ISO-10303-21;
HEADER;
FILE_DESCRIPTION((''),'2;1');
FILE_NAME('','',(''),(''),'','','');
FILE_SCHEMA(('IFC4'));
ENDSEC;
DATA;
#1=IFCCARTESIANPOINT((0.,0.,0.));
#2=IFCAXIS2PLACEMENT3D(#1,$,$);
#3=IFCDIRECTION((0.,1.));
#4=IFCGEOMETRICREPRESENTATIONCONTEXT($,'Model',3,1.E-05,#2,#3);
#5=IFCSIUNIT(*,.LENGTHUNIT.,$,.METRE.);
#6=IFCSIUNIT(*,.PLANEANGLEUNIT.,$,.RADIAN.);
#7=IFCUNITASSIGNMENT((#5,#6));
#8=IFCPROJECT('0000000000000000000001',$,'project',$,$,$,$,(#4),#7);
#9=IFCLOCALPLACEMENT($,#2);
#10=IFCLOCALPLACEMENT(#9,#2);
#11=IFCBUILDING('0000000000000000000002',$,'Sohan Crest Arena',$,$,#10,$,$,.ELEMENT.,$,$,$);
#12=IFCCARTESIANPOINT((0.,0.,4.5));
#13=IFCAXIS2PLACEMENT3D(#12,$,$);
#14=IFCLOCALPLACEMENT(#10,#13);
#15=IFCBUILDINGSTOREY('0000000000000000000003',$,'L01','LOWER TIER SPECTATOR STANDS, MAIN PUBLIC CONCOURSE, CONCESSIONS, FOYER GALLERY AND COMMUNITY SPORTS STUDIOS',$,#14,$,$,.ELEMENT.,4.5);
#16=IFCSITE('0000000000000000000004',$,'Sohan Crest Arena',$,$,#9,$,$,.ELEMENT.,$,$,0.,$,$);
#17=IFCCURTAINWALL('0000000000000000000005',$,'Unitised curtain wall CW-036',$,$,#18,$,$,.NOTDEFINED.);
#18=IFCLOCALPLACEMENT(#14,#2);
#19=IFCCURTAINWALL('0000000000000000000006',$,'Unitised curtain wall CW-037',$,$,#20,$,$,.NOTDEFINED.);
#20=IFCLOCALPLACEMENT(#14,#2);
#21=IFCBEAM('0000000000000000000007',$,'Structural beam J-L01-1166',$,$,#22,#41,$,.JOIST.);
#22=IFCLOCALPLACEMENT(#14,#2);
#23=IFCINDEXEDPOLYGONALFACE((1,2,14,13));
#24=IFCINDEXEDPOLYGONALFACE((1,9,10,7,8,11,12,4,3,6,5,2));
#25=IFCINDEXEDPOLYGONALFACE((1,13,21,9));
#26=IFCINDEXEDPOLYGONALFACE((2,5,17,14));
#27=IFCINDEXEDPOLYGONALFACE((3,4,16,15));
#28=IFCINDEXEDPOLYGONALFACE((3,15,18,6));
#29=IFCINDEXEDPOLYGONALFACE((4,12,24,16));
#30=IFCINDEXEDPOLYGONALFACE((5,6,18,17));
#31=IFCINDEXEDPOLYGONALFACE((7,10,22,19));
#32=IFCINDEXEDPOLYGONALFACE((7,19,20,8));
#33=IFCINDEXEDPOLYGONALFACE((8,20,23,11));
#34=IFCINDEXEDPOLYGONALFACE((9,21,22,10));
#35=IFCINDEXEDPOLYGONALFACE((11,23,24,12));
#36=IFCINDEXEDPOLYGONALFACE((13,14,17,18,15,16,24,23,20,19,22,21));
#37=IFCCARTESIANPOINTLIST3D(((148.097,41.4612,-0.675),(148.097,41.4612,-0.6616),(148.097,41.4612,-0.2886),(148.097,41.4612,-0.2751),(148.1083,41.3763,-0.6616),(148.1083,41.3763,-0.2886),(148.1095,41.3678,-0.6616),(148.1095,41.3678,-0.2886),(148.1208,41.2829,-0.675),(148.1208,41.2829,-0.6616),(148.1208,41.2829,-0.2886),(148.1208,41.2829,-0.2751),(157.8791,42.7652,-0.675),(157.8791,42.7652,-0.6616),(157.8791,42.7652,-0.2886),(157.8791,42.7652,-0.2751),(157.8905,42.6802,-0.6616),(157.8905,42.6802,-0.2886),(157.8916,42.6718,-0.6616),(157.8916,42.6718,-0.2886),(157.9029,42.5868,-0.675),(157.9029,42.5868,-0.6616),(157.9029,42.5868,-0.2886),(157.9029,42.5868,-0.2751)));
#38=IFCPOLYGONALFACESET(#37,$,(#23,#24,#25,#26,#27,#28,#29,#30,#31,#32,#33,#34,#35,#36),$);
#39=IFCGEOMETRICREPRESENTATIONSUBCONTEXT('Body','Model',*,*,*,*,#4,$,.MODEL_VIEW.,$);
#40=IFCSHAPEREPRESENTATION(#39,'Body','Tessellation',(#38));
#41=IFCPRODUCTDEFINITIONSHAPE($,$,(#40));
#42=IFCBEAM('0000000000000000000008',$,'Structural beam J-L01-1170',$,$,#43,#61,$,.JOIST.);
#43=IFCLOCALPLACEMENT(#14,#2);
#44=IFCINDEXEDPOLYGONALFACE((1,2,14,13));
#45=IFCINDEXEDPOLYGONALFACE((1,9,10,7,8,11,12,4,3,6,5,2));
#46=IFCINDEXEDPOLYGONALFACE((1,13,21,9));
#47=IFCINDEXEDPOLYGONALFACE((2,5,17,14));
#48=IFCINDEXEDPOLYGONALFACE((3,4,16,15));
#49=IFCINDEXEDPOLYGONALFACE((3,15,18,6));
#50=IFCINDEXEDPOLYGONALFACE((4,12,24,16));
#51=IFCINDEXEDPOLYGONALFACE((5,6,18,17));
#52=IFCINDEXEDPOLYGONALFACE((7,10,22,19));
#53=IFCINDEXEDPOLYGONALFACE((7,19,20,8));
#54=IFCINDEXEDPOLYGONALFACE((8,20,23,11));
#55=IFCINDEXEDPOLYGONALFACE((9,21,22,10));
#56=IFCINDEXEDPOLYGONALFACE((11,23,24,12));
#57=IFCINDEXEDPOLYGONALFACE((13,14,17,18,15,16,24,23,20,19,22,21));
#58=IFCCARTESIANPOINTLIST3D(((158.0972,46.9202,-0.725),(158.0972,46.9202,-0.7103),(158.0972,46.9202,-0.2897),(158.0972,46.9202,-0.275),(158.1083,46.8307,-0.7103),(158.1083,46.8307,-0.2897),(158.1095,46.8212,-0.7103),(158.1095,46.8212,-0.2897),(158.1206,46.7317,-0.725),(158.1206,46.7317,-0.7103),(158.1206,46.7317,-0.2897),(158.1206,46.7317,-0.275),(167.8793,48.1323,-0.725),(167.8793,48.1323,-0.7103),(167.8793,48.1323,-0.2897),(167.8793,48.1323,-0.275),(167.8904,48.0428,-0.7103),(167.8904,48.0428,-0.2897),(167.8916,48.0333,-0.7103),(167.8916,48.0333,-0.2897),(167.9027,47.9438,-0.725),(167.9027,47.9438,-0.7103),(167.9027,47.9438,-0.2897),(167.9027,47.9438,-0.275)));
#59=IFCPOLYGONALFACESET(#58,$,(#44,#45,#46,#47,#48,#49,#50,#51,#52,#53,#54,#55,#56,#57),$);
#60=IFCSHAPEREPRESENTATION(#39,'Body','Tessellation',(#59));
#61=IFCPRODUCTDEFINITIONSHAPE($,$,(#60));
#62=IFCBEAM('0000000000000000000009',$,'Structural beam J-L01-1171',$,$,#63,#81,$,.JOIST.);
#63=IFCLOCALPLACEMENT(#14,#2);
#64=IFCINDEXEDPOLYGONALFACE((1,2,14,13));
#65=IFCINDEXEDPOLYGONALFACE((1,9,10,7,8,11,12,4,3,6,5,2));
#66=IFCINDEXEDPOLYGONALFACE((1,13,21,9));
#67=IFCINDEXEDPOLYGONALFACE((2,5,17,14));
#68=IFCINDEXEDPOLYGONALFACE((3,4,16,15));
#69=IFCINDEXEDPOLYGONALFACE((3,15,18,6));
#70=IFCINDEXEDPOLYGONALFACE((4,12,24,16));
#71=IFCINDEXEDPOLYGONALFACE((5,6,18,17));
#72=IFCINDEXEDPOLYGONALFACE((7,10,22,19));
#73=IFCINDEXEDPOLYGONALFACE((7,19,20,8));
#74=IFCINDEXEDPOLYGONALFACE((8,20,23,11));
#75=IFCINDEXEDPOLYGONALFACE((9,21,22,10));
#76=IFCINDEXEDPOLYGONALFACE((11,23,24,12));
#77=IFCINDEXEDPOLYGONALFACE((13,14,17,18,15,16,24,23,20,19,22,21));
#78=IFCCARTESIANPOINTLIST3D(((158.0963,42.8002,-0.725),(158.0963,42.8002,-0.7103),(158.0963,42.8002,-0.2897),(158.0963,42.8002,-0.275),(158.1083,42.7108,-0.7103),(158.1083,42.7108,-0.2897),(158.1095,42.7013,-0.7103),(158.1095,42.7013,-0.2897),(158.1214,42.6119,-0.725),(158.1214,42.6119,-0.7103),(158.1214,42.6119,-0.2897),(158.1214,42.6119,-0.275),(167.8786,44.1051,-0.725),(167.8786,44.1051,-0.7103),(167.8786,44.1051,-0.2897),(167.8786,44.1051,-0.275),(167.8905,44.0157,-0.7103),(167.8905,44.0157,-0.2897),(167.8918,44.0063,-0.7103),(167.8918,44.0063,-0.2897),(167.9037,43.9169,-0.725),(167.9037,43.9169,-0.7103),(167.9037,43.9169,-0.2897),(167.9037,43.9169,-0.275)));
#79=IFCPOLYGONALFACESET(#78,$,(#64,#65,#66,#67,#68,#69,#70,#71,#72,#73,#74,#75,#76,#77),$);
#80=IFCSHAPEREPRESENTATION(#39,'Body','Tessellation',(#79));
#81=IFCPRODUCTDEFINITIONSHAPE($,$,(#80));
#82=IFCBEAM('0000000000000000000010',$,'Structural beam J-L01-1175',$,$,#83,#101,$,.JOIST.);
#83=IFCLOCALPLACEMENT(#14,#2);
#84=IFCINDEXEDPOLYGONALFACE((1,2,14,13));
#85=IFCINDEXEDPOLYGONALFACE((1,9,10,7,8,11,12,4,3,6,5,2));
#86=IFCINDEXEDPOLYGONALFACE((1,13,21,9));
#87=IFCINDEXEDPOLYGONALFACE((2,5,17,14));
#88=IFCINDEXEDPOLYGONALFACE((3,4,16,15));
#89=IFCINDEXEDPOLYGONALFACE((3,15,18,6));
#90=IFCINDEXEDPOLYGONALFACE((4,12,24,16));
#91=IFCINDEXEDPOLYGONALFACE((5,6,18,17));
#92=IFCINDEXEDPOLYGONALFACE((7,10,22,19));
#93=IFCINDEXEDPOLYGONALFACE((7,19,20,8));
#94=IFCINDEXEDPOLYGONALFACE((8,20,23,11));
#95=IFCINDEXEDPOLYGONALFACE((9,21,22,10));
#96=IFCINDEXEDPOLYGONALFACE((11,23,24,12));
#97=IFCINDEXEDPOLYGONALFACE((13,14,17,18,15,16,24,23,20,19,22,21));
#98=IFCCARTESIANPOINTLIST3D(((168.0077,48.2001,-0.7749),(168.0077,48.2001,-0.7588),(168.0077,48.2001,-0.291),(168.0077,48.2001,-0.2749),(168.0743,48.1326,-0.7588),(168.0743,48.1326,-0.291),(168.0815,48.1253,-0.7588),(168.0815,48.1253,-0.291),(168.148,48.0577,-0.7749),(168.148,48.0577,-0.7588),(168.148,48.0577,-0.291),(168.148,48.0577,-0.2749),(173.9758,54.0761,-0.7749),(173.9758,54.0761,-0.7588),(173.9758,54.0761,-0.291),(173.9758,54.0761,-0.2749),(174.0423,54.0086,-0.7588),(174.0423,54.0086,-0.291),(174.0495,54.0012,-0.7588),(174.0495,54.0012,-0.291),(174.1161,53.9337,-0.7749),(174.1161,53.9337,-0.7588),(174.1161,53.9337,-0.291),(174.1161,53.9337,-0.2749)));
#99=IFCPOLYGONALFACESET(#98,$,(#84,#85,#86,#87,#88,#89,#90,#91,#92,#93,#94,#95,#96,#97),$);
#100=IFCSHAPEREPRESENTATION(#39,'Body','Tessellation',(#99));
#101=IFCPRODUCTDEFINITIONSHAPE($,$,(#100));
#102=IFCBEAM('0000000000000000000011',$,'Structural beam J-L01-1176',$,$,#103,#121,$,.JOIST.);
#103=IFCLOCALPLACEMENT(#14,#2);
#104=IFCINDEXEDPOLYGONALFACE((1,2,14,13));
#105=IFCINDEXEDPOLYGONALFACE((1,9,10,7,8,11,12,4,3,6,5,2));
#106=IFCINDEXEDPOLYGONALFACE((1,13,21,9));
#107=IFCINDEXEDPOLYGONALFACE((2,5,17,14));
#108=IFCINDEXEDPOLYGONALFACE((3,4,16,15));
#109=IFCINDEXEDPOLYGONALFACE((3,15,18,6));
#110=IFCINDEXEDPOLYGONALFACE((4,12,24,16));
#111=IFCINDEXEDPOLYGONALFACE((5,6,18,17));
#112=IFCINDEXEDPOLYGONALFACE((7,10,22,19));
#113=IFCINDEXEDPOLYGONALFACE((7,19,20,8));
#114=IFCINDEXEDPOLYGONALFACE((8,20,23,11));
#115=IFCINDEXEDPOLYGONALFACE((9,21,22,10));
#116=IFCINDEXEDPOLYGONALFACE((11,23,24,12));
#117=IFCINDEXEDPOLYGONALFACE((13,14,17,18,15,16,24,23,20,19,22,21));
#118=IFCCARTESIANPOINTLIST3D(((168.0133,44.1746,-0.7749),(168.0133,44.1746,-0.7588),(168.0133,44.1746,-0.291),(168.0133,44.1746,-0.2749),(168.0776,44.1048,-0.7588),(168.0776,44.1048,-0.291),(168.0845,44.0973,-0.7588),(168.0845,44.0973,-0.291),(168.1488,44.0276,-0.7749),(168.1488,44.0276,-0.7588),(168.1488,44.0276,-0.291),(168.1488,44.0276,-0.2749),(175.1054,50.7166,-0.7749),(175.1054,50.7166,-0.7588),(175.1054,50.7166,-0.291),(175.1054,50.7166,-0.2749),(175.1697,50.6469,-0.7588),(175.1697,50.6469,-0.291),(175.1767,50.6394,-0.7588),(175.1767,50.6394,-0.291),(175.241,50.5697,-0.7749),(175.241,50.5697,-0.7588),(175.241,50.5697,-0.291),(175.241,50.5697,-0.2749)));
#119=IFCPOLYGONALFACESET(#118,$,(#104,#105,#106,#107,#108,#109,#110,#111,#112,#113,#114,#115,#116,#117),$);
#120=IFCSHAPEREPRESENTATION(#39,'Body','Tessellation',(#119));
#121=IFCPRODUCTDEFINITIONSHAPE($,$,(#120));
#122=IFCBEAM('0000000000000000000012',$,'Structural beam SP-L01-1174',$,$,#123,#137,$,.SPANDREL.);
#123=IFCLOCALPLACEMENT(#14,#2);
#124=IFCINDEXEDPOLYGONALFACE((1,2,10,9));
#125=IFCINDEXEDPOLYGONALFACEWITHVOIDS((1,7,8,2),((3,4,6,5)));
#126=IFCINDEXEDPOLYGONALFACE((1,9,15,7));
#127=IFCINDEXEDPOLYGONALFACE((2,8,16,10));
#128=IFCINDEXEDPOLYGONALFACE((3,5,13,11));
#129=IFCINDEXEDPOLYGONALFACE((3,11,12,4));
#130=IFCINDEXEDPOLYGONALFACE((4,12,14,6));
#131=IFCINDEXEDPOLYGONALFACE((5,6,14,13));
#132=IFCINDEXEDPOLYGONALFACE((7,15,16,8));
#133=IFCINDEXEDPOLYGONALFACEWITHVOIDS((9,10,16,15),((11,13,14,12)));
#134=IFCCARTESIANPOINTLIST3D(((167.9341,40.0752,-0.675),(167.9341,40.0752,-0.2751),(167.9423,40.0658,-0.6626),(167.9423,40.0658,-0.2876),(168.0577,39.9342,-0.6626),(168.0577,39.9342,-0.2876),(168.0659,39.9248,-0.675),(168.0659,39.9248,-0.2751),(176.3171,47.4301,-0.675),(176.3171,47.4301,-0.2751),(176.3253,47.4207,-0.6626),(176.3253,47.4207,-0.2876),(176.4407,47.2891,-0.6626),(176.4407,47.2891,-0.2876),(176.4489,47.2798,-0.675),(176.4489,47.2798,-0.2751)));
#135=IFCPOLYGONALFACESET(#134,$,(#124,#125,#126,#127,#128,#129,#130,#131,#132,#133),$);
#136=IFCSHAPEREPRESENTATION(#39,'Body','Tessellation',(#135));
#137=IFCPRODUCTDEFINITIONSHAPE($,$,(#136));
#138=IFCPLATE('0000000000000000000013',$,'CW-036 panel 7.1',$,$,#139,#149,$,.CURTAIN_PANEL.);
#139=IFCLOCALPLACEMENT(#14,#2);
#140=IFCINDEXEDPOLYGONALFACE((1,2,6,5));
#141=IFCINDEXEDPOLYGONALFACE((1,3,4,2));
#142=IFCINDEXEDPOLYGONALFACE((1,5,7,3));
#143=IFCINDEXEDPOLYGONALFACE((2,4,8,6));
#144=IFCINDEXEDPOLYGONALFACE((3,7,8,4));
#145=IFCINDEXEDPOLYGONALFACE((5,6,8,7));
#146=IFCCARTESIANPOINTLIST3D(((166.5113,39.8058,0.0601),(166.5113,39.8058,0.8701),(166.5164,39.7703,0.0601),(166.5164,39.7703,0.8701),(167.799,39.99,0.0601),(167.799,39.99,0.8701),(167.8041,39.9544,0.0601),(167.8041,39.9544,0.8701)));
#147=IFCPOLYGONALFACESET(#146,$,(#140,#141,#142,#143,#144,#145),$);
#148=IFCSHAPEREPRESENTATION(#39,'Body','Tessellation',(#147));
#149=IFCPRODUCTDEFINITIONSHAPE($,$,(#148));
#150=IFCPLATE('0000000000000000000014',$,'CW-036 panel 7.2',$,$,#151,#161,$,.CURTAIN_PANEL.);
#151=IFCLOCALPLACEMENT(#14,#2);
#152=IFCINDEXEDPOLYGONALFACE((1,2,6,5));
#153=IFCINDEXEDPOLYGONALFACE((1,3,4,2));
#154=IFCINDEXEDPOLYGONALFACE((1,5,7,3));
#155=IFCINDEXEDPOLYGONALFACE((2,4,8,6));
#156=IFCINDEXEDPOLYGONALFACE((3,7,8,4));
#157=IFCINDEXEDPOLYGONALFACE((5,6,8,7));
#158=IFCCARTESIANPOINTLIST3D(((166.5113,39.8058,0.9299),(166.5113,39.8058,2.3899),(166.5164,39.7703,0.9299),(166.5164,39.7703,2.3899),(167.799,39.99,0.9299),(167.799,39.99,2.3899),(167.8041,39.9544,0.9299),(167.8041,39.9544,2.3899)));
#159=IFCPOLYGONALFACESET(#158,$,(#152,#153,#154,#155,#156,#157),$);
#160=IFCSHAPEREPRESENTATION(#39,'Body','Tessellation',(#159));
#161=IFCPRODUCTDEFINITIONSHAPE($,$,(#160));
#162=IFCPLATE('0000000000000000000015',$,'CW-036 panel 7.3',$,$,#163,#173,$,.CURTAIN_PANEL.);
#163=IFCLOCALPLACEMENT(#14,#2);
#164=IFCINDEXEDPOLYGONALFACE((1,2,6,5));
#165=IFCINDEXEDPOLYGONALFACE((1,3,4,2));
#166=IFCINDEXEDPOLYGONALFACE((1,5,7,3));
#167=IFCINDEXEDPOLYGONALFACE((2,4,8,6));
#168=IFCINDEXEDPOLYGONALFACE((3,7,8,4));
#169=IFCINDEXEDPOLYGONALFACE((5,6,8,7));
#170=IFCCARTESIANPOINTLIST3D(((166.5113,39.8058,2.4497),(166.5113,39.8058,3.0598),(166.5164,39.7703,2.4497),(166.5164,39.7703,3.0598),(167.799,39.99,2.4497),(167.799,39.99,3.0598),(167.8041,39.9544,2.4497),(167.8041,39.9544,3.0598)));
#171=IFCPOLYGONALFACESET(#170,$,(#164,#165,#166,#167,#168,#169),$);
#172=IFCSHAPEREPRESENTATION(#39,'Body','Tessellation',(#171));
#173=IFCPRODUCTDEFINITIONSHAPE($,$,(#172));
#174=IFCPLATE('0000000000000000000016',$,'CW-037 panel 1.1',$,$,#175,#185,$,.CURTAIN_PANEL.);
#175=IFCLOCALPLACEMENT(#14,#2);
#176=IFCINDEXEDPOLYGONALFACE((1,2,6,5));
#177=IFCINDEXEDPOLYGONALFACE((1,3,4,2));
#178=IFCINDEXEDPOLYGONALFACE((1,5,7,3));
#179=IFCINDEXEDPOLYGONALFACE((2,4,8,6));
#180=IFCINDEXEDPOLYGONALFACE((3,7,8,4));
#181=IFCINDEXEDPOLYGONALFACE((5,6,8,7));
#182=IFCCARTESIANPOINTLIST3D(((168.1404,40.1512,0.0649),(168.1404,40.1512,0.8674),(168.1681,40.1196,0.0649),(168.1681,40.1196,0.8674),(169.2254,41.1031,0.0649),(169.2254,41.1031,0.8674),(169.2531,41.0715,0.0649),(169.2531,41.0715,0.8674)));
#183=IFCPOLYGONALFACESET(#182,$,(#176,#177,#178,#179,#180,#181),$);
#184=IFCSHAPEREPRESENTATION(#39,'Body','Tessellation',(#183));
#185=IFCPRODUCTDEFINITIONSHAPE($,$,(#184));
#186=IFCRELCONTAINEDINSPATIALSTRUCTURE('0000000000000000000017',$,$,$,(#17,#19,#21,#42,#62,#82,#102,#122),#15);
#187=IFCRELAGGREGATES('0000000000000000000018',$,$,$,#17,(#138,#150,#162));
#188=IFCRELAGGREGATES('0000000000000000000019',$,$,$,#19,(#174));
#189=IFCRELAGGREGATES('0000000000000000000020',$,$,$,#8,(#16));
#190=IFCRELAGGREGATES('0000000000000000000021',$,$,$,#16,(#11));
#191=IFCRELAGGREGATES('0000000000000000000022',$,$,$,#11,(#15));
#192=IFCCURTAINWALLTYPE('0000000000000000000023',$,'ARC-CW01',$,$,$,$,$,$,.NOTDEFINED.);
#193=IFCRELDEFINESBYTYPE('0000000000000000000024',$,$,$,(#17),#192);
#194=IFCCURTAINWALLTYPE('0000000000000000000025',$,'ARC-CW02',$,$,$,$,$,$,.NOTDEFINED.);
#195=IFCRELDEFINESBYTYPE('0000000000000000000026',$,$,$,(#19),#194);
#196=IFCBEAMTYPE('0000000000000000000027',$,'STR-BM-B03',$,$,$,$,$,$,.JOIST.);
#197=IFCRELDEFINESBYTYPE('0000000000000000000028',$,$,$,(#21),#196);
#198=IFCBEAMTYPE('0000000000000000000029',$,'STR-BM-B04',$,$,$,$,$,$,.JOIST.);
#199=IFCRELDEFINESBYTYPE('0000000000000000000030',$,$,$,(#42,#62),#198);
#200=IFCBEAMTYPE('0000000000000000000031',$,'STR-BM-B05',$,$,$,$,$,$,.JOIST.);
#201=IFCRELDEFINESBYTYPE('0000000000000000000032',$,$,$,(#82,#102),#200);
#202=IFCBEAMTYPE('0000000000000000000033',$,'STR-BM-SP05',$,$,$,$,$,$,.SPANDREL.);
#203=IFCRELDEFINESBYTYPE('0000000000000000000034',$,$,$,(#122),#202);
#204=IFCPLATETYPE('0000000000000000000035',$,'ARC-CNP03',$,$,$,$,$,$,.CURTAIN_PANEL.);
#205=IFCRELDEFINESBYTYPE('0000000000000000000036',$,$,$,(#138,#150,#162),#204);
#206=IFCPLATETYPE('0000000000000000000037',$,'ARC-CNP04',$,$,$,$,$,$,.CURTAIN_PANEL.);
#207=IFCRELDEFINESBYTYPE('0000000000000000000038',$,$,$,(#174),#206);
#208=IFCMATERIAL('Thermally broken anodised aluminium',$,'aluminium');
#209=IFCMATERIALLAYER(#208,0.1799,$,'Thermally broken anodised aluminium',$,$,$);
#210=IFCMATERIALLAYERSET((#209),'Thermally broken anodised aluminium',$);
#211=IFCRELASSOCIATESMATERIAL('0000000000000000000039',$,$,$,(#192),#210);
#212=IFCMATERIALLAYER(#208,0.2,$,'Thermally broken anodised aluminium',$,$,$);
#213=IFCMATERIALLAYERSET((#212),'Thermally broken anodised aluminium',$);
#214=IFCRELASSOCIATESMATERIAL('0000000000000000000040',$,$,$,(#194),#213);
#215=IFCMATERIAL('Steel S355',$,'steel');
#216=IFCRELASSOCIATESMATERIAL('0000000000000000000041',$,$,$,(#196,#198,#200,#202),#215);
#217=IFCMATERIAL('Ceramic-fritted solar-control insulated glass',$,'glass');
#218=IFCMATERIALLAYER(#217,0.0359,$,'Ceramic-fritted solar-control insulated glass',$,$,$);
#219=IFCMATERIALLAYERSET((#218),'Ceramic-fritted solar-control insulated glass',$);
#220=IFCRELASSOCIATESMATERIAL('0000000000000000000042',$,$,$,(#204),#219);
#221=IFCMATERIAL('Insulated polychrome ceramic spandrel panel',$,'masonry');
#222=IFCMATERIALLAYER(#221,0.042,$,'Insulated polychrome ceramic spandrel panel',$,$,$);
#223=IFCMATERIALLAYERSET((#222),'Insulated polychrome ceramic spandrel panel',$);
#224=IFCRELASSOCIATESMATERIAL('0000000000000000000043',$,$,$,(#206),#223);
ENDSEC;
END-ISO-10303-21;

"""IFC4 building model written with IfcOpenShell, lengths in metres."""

from ifc_helpers import new_model, si_unit, direction, frame, origin, origin_2d, place, context, subcontext, project, spatial, rectangle, hollow_rectangle, i_section, extrude, material, layer, layer_set, material_profile, profile_set, type_object, element, aggregate, save


model = new_model("IFC4")

# Units and contexts
model_context = context("Model", 3, precision=1e-05, world=origin(), true_north=direction((0.0, 1.0)))
body_context = subcontext(model_context, "Body", "Model", "MODEL_VIEW")
ifc_project = project(units=[si_unit("LENGTHUNIT", "METRE"), si_unit("PLANEANGLEUNIT", "RADIAN")], contexts=[model_context])

# Site, building, storey
site_placement = place(None, origin())
site = spatial("IfcSite", under=ifc_project, at=site_placement, Name="Sohan Crest Arena", CompositionType="ELEMENT", RefElevation=0.0)
building_placement = place(site_placement, origin())
building = spatial("IfcBuilding", under=site, at=building_placement, Name="Sohan Crest Arena", CompositionType="ELEMENT")
storey_placement = place(building_placement, frame((0.0, 0.0, 4.5)))
storey = spatial("IfcBuildingStorey", under=building, at=storey_placement, Name="L01", Description="LOWER TIER SPECTATOR STANDS, MAIN PUBLIC CONCOURSE, CONCESSIONS, FOYER GALLERY AND COMMUNITY SPORTS STUDIOS", CompositionType="ELEMENT", Elevation=4.5)

# Shared definitions
ifc_material_1 = material(Name="Steel S355", Category="steel")

# Curtain wall
ifc_material_2 = material(Name="Thermally broken anodised aluminium", Category="aluminium")
ifc_layer_1 = layer(ifc_material_2, 0.1799, Name="Thermally broken anodised aluminium")
ifc_layer_set_1 = layer_set([ifc_layer_1], Name="Thermally broken anodised aluminium")
curtain_wall_type_1 = type_object("IfcCurtainWallType", Name="ARC-CW01", PredefinedType="NOTDEFINED", material=ifc_layer_set_1)
curtain_wall_1_placement = place(storey_placement, origin())
curtain_wall_1 = element("IfcCurtainWall", 1, at=curtain_wall_1_placement, inside=storey, type_object=curtain_wall_type_1, Name="Unitised curtain wall CW-036", PredefinedType="NOTDEFINED")

# Curtain wall
ifc_layer_2 = layer(ifc_material_2, 0.2, Name="Thermally broken anodised aluminium")
ifc_layer_set_2 = layer_set([ifc_layer_2], Name="Thermally broken anodised aluminium")
curtain_wall_type_2 = type_object("IfcCurtainWallType", Name="ARC-CW02", PredefinedType="NOTDEFINED", material=ifc_layer_set_2)
curtain_wall_2_placement = place(storey_placement, origin())
curtain_wall_2 = element("IfcCurtainWall", 2, at=curtain_wall_2_placement, inside=storey, type_object=curtain_wall_type_2, Name="Unitised curtain wall CW-037", PredefinedType="NOTDEFINED")

# Beams
ifc_material_profile_1 = material_profile(ifc_material_1, i_section(OverallWidth=0.1799, OverallDepth=0.3999, WebThickness=0.0085, FlangeThickness=0.0134, at=origin_2d()), Name="IPE 400")
ifc_profile_set_1 = profile_set([ifc_material_profile_1], Name="Steel S355")
beam_type_1 = type_object("IfcBeamType", Name="STR-BM-B03", PredefinedType="JOIST", material=ifc_profile_set_1)
beam_1_placement = place(storey_placement, frame((148.1089, 41.3721, -0.4751), z_axis=(0.991232, 0.13213, 0.0), x_axis=(-0.13213, 0.991232, 0.0)))
element("IfcBeam", 3, at=beam_1_placement, inside=storey, type_object=beam_type_1, Name="Structural beam J-L01-1166", PredefinedType="JOIST", context=body_context, shape_type="SweptSolid", body=[
    extrude(i_section(OverallWidth=0.1799, OverallDepth=0.3999, WebThickness=0.0085, FlangeThickness=0.0134, at=origin_2d()), origin(), (0.0, 0.0, 1.0), 9.8687),
])
ifc_material_profile_2 = material_profile(ifc_material_1, i_section(OverallWidth=0.1899, OverallDepth=0.45, WebThickness=0.0095, FlangeThickness=0.0146, at=origin_2d()), Name="IPE 450")
ifc_profile_set_2 = profile_set([ifc_material_profile_2], Name="Steel S355")
beam_type_2 = type_object("IfcBeamType", Name="STR-BM-B04", PredefinedType="JOIST", material=ifc_profile_set_2)
beam_2_placement = place(storey_placement, frame((158.1089, 46.8259, -0.5), z_axis=(0.99241, 0.122974, 0.0), x_axis=(-0.122974, 0.99241, 0.0)))
element("IfcBeam", 4, at=beam_2_placement, inside=storey, type_object=beam_type_2, Name="Structural beam J-L01-1170", PredefinedType="JOIST", context=body_context, shape_type="SweptSolid", body=[
    extrude(i_section(OverallWidth=0.1899, OverallDepth=0.45, WebThickness=0.0095, FlangeThickness=0.0146, at=origin_2d()), origin(), (0.0, 0.0, 1.0), 9.8569),
])
beam_3_placement = place(storey_placement, frame((158.1089, 42.7061, -0.5), z_axis=(0.991219, 0.132227, 0.0), x_axis=(-0.132227, 0.991219, 0.0)))
element("IfcBeam", 5, at=beam_3_placement, inside=storey, type_object=beam_type_2, Name="Structural beam J-L01-1171", PredefinedType="JOIST", context=body_context, shape_type="SweptSolid", body=[
    extrude(i_section(OverallWidth=0.1899, OverallDepth=0.45, WebThickness=0.0095, FlangeThickness=0.0146, at=origin_2d()), origin(), (0.0, 0.0, 1.0), 9.8689),
])
ifc_material_profile_3 = material_profile(ifc_material_1, i_section(OverallWidth=0.2, OverallDepth=0.5, WebThickness=0.0103, FlangeThickness=0.0161, at=origin_2d()), Name="IPE 500")
ifc_profile_set_3 = profile_set([ifc_material_profile_3], Name="Steel S355")
beam_type_3 = type_object("IfcBeamType", Name="STR-BM-B05", PredefinedType="JOIST", material=ifc_profile_set_3)
beam_4_placement = place(storey_placement, frame((168.0779, 48.1289, -0.5249), z_axis=(0.71258, 0.701591, 0.0), x_axis=(-0.701591, 0.71258, 0.0)))
element("IfcBeam", 6, at=beam_4_placement, inside=storey, type_object=beam_type_3, Name="Structural beam J-L01-1175", PredefinedType="JOIST", context=body_context, shape_type="SweptSolid", body=[
    extrude(i_section(OverallWidth=0.2, OverallDepth=0.5, WebThickness=0.0103, FlangeThickness=0.0161, at=origin_2d()), origin(), (0.0, 0.0, 1.0), 8.3752),
])
beam_5_placement = place(storey_placement, frame((168.0811, 44.1011, -0.5249), z_axis=(0.735036, 0.678028, 0.0), x_axis=(-0.678028, 0.735036, 0.0)))
element("IfcBeam", 7, at=beam_5_placement, inside=storey, type_object=beam_type_3, Name="Structural beam J-L01-1176", PredefinedType="JOIST", context=body_context, shape_type="SweptSolid", body=[
    extrude(i_section(OverallWidth=0.2, OverallDepth=0.5, WebThickness=0.0103, FlangeThickness=0.0161, at=origin_2d()), origin(), (0.0, 0.0, 1.0), 9.6487),
])
ifc_material_profile_4 = material_profile(ifc_material_1, hollow_rectangle(XDim=0.2, YDim=0.3999, WallThickness=0.0125, at=origin_2d()), Name="RHS 400x200x12.5")
ifc_profile_set_4 = profile_set([ifc_material_profile_4], Name="Steel S355")
beam_type_4 = type_object("IfcBeamType", Name="STR-BM-SP05", PredefinedType="SPANDREL", material=ifc_profile_set_4)
beam_6_placement = place(storey_placement, frame((168.0, 40.0, -0.4751), z_axis=(0.751696, 0.65951, 0.0), x_axis=(-0.65951, 0.751696, 0.0)))
element("IfcBeam", 8, at=beam_6_placement, inside=storey, type_object=beam_type_4, Name="Structural beam SP-L01-1174", PredefinedType="SPANDREL", context=body_context, shape_type="SweptSolid", body=[
    extrude(hollow_rectangle(XDim=0.2, YDim=0.3999, WallThickness=0.0125, at=origin_2d()), origin(), (0.0, 0.0, 1.0), 11.1521),
])

# Plates
ifc_material_3 = material(Name="Ceramic-fritted solar-control insulated glass", Category="glass")
ifc_layer_3 = layer(ifc_material_3, 0.0359, Name="Ceramic-fritted solar-control insulated glass")
ifc_layer_set_3 = layer_set([ifc_layer_3], Name="Ceramic-fritted solar-control insulated glass")
plate_type_1 = type_object("IfcPlateType", Name="ARC-CNP03", PredefinedType="CURTAIN_PANEL", material=ifc_layer_set_3)
plate_1_placement = place(storey_placement, frame((167.1577, 39.8801, 0.0601), z_axis=(0.0, 0.0, 1.0), x_axis=(0.989931, 0.141549, 0.0)))
plate_1 = element("IfcPlate", 9, at=plate_1_placement, type_object=plate_type_1, Name="CW-036 panel 7.1", PredefinedType="CURTAIN_PANEL", context=body_context, shape_type="SweptSolid", body=[
    extrude(rectangle(XDim=1.3008, YDim=0.0359, at=origin_2d()), origin(), (0.0, 0.0, 1.0), 0.8101),
])
plate_2_placement = place(storey_placement, frame((167.1577, 39.8801, 0.9299), z_axis=(0.0, 0.0, 1.0), x_axis=(0.989931, 0.141549, 0.0)))
plate_2 = element("IfcPlate", 10, at=plate_2_placement, type_object=plate_type_1, Name="CW-036 panel 7.2", PredefinedType="CURTAIN_PANEL", context=body_context, shape_type="SweptSolid", body=[
    extrude(rectangle(XDim=1.3008, YDim=0.0359, at=origin_2d()), origin(), (0.0, 0.0, 1.0), 1.46),
])
plate_3_placement = place(storey_placement, frame((167.1577, 39.8801, 2.4497), z_axis=(0.0, 0.0, 1.0), x_axis=(0.989931, 0.141549, 0.0)))
plate_3 = element("IfcPlate", 11, at=plate_3_placement, type_object=plate_type_1, Name="CW-036 panel 7.3", PredefinedType="CURTAIN_PANEL", context=body_context, shape_type="SweptSolid", body=[
    extrude(rectangle(XDim=1.3008, YDim=0.0359, at=origin_2d()), origin(), (0.0, 0.0, 1.0), 0.6101),
])
aggregate(curtain_wall_1, [plate_1, plate_2, plate_3])
ifc_material_4 = material(Name="Insulated polychrome ceramic spandrel panel", Category="masonry")
ifc_layer_4 = layer(ifc_material_4, 0.042, Name="Insulated polychrome ceramic spandrel panel")
ifc_layer_set_4 = layer_set([ifc_layer_4], Name="Insulated polychrome ceramic spandrel panel")
plate_type_2 = type_object("IfcPlateType", Name="ARC-CNP04", PredefinedType="CURTAIN_PANEL", material=ifc_layer_set_4)
plate_4_placement = place(storey_placement, frame((168.6968, 40.6113, 0.0649), z_axis=(0.0, 0.0, 1.0), x_axis=(0.751694, 0.659512, 0.0)))
plate_4 = element("IfcPlate", 12, at=plate_4_placement, type_object=plate_type_2, Name="CW-037 panel 1.1", PredefinedType="CURTAIN_PANEL", context=body_context, shape_type="SweptSolid", body=[
    extrude(rectangle(XDim=1.4434, YDim=0.042, at=origin_2d()), origin(), (0.0, 0.0, 1.0), 0.8025),
])
aggregate(curtain_wall_2, [plate_4])

save(model, "model.ifc")
